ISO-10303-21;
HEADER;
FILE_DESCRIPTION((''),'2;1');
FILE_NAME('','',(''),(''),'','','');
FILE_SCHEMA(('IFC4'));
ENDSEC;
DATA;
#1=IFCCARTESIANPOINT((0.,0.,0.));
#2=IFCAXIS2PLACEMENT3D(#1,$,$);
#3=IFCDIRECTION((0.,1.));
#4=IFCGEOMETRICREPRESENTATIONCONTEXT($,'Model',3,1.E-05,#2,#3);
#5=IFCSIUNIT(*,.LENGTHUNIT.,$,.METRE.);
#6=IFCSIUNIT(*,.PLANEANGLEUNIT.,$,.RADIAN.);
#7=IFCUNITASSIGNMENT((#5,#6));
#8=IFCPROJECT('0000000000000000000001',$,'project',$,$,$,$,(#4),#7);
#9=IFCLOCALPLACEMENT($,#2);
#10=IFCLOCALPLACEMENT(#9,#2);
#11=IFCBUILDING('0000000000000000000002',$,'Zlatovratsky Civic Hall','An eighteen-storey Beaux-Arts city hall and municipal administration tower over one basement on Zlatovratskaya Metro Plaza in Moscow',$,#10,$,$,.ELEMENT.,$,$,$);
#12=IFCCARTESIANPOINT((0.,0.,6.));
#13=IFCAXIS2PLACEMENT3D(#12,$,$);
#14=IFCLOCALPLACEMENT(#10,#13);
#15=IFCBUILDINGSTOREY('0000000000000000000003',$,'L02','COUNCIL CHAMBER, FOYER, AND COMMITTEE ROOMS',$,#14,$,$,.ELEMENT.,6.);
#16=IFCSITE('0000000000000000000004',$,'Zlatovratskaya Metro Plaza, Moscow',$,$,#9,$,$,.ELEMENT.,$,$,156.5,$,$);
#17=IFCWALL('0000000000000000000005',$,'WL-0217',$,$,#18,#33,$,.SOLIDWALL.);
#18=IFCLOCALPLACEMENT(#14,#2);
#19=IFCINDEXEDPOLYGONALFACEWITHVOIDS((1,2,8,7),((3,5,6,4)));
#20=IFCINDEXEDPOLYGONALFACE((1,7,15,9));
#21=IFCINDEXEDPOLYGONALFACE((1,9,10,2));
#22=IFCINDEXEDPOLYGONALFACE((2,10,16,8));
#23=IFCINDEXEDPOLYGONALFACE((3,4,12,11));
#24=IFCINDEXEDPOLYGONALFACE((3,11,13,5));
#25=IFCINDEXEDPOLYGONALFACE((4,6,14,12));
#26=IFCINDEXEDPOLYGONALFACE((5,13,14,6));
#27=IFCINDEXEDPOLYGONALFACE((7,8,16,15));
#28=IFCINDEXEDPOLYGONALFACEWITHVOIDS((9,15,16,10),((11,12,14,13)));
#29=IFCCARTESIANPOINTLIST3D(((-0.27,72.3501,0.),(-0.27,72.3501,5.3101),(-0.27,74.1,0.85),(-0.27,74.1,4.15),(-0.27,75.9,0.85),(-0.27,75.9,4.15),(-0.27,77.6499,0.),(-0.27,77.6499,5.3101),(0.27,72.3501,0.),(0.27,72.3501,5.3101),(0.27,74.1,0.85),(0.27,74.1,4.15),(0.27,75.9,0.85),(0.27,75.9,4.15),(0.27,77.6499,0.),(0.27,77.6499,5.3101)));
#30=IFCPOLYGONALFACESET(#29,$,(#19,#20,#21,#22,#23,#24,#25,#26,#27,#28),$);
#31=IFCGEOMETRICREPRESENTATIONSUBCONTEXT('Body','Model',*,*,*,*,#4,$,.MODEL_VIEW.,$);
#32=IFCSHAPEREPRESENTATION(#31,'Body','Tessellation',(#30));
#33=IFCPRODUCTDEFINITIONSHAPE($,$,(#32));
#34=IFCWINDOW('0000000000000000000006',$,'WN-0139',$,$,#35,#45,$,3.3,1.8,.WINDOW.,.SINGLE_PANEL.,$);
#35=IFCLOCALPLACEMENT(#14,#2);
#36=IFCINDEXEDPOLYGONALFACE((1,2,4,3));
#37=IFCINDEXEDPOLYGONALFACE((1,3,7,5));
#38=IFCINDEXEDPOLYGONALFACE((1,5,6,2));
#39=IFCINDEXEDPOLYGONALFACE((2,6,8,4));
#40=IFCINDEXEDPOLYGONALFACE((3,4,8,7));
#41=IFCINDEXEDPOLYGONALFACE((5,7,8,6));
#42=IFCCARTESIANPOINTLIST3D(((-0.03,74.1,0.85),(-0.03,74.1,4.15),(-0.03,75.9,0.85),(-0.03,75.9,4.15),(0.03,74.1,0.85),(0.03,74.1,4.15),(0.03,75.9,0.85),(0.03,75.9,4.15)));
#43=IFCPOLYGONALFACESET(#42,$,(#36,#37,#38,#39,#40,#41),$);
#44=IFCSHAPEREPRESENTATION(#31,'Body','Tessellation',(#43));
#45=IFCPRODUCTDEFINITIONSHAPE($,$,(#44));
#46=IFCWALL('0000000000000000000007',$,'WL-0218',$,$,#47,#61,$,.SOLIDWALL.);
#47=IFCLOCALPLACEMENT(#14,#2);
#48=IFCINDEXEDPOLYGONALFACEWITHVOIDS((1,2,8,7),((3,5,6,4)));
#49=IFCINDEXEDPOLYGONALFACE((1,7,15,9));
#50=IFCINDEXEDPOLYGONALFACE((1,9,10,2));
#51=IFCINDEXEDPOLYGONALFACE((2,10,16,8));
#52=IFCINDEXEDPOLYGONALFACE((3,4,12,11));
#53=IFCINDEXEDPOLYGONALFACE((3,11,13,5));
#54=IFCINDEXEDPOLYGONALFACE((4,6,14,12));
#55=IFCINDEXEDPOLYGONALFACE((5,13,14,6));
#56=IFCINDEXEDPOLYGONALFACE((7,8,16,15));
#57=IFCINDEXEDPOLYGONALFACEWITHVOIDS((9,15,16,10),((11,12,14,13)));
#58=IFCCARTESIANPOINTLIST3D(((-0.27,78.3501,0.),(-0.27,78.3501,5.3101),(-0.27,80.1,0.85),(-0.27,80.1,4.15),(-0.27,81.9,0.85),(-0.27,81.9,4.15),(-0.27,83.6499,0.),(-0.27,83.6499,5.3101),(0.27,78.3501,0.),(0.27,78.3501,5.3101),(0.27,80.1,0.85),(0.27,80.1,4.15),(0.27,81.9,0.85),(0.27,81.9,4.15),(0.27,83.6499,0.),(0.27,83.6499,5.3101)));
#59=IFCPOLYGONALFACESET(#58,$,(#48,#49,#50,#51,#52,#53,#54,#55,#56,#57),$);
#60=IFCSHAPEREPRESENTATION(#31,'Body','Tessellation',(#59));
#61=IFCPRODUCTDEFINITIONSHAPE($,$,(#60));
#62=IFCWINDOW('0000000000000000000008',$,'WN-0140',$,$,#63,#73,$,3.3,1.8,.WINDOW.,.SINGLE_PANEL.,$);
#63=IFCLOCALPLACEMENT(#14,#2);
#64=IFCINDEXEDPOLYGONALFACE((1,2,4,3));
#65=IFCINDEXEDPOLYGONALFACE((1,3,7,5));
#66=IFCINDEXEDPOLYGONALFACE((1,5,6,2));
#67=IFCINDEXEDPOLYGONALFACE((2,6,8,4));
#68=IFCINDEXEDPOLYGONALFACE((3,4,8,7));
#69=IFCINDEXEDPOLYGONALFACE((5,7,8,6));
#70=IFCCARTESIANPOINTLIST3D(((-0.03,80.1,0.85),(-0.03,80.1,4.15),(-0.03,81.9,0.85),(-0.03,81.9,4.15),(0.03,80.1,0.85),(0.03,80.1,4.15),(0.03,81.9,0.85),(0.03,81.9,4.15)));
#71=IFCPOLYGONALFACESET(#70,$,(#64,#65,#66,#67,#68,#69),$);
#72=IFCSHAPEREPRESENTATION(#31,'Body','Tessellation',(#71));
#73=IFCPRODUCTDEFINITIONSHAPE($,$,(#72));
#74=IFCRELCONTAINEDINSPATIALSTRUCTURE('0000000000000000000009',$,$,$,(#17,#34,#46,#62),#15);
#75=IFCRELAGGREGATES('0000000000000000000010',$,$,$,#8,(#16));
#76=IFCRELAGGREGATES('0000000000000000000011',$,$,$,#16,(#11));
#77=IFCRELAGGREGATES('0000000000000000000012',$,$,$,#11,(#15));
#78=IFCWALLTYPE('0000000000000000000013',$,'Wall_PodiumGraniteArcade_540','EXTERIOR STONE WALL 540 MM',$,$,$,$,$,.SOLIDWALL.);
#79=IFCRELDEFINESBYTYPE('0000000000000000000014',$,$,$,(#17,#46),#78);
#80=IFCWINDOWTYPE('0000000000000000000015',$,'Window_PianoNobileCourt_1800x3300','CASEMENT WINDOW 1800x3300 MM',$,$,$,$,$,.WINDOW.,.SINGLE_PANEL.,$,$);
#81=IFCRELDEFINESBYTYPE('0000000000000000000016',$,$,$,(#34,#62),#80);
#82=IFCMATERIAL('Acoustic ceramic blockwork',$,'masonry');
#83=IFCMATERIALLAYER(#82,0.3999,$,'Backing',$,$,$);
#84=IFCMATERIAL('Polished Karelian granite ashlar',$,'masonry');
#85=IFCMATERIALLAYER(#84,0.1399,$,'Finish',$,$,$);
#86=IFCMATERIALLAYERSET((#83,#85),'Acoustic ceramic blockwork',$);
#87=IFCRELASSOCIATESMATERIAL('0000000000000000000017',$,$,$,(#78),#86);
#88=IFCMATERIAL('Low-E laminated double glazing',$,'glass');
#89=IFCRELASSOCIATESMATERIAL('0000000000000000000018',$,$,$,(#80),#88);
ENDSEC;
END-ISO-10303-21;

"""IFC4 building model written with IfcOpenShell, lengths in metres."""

from ifc_helpers import new_model, si_unit, direction, frame, frame_2d, origin, place, context, subcontext, project, spatial, rectangle, extrude, material, layer, layer_set, type_object, element, fill, save


model = new_model("IFC4")

# Units and contexts
model_context = context("Model", 3, precision=1e-05, world=origin(), true_north=direction((0.0, 1.0)))
body_context = subcontext(model_context, "Body", "Model", "MODEL_VIEW")
ifc_project = project(units=[si_unit("LENGTHUNIT", "METRE"), si_unit("PLANEANGLEUNIT", "RADIAN")], contexts=[model_context])

# Site, building, storey
site_placement = place(None, origin())
site = spatial("IfcSite", under=ifc_project, at=site_placement, Name="Zlatovratskaya Metro Plaza, Moscow", CompositionType="ELEMENT", RefElevation=156.5)
building_placement = place(site_placement, origin())
building = spatial("IfcBuilding", under=site, at=building_placement, Name="Zlatovratsky Civic Hall", Description="An eighteen-storey Beaux-Arts city hall and municipal administration tower over one basement on Zlatovratskaya Metro Plaza in Moscow", CompositionType="ELEMENT")
storey_placement = place(building_placement, frame((0.0, 0.0, 6.0)))
storey = spatial("IfcBuildingStorey", under=building, at=storey_placement, Name="L02", Description="COUNCIL CHAMBER, FOYER, AND COMMITTEE ROOMS", CompositionType="ELEMENT", Elevation=6.0)

# Shared definitions
ifc_material_1 = material(Name="Acoustic ceramic blockwork", Category="masonry")

# Walls, openings, windows
ifc_layer_1 = layer(ifc_material_1, 0.3999, Name="Backing")
ifc_material_2 = material(Name="Polished Karelian granite ashlar", Category="masonry")
ifc_layer_2 = layer(ifc_material_2, 0.1399, Name="Finish")
ifc_layer_set_1 = layer_set([ifc_layer_1, ifc_layer_2], Name="Acoustic ceramic blockwork")
wall_type_1 = type_object("IfcWallType", Name="Wall_PodiumGraniteArcade_540", Description="EXTERIOR STONE WALL 540 MM", PredefinedType="SOLIDWALL", material=ifc_layer_set_1)
ifc_material_3 = material(Name="Low-E laminated double glazing", Category="glass")
window_type = type_object("IfcWindowType", Name="Window_PianoNobileCourt_1800x3300", Description="CASEMENT WINDOW 1800x3300 MM", PartitioningType="SINGLE_PANEL", PredefinedType="WINDOW", material=ifc_material_3)
wall_1_placement = place(storey_placement, frame((0.0, 72.3501, 0.0), z_axis=(0.0, 0.0, 1.0), x_axis=(0.0, 1.0, 0.0)))
wall_1 = element("IfcWall", 1, at=wall_1_placement, inside=storey, type_object=wall_type_1, Name="WL-0217", PredefinedType="SOLIDWALL", context=body_context, shape_type="SweptSolid", body=[
    extrude(rectangle(XDim=5.2998, YDim=0.54, at=frame_2d((2.6499, 0.0))), origin(), (0.0, 0.0, 1.0), 5.3101),
])
opening_1_placement = place(wall_1_placement, frame((1.75, 0.0, 0.8501)))
opening_1 = element("IfcOpeningElement", 2, at=opening_1_placement, cuts=wall_1, PredefinedType="OPENING", context=body_context, shape_type="SweptSolid", body=[
    extrude(rectangle(XDim=1.8, YDim=3.3, at=frame_2d((0.8999, 1.6499))), frame((0.0, 0.2849, 0.0), z_axis=(0.0, -1.0, 0.0), x_axis=(1.0, 0.0, 0.0)), (0.0, 0.0, 1.0), 0.5698),
])
window_1_placement = place(opening_1_placement, origin())
window_1 = element("IfcWindow", 3, at=window_1_placement, inside=storey, type_object=window_type, Name="WN-0139", OverallHeight=3.3, OverallWidth=1.8, PartitioningType="SINGLE_PANEL", PredefinedType="WINDOW", context=body_context, shape_type="SweptSolid", body=[
    extrude(rectangle(XDim=1.8, YDim=3.3, at=frame_2d((0.8999, 1.6499))), frame((0.0, 0.03, 0.0), z_axis=(0.0, -1.0, 0.0), x_axis=(1.0, 0.0, 0.0)), (0.0, 0.0, 1.0), 0.0601),
])
fill(opening_1, window_1)
wall_2_placement = place(storey_placement, frame((0.0, 78.3501, 0.0), z_axis=(0.0, 0.0, 1.0), x_axis=(0.0, 1.0, 0.0)))
wall_2 = element("IfcWall", 4, at=wall_2_placement, inside=storey, type_object=wall_type_1, Name="WL-0218", PredefinedType="SOLIDWALL", context=body_context, shape_type="SweptSolid", body=[
    extrude(rectangle(XDim=5.2998, YDim=0.54, at=frame_2d((2.6499, 0.0))), origin(), (0.0, 0.0, 1.0), 5.3101),
])
opening_2_placement = place(wall_2_placement, frame((1.75, 0.0, 0.8501)))
opening_2 = element("IfcOpeningElement", 5, at=opening_2_placement, cuts=wall_2, PredefinedType="OPENING", context=body_context, shape_type="SweptSolid", body=[
    extrude(rectangle(XDim=1.8, YDim=3.3, at=frame_2d((0.8999, 1.6499))), frame((0.0, 0.2849, 0.0), z_axis=(0.0, -1.0, 0.0), x_axis=(1.0, 0.0, 0.0)), (0.0, 0.0, 1.0), 0.5698),
])
window_2_placement = place(opening_2_placement, origin())
window_2 = element("IfcWindow", 6, at=window_2_placement, inside=storey, type_object=window_type, Name="WN-0140", OverallHeight=3.3, OverallWidth=1.8, PartitioningType="SINGLE_PANEL", PredefinedType="WINDOW", context=body_context, shape_type="SweptSolid", body=[
    extrude(rectangle(XDim=1.8, YDim=3.3, at=frame_2d((0.8999, 1.6499))), frame((0.0, 0.03, 0.0), z_axis=(0.0, -1.0, 0.0), x_axis=(1.0, 0.0, 0.0)), (0.0, 0.0, 1.0), 0.0601),
])
fill(opening_2, window_2)

save(model, "model.ifc")
